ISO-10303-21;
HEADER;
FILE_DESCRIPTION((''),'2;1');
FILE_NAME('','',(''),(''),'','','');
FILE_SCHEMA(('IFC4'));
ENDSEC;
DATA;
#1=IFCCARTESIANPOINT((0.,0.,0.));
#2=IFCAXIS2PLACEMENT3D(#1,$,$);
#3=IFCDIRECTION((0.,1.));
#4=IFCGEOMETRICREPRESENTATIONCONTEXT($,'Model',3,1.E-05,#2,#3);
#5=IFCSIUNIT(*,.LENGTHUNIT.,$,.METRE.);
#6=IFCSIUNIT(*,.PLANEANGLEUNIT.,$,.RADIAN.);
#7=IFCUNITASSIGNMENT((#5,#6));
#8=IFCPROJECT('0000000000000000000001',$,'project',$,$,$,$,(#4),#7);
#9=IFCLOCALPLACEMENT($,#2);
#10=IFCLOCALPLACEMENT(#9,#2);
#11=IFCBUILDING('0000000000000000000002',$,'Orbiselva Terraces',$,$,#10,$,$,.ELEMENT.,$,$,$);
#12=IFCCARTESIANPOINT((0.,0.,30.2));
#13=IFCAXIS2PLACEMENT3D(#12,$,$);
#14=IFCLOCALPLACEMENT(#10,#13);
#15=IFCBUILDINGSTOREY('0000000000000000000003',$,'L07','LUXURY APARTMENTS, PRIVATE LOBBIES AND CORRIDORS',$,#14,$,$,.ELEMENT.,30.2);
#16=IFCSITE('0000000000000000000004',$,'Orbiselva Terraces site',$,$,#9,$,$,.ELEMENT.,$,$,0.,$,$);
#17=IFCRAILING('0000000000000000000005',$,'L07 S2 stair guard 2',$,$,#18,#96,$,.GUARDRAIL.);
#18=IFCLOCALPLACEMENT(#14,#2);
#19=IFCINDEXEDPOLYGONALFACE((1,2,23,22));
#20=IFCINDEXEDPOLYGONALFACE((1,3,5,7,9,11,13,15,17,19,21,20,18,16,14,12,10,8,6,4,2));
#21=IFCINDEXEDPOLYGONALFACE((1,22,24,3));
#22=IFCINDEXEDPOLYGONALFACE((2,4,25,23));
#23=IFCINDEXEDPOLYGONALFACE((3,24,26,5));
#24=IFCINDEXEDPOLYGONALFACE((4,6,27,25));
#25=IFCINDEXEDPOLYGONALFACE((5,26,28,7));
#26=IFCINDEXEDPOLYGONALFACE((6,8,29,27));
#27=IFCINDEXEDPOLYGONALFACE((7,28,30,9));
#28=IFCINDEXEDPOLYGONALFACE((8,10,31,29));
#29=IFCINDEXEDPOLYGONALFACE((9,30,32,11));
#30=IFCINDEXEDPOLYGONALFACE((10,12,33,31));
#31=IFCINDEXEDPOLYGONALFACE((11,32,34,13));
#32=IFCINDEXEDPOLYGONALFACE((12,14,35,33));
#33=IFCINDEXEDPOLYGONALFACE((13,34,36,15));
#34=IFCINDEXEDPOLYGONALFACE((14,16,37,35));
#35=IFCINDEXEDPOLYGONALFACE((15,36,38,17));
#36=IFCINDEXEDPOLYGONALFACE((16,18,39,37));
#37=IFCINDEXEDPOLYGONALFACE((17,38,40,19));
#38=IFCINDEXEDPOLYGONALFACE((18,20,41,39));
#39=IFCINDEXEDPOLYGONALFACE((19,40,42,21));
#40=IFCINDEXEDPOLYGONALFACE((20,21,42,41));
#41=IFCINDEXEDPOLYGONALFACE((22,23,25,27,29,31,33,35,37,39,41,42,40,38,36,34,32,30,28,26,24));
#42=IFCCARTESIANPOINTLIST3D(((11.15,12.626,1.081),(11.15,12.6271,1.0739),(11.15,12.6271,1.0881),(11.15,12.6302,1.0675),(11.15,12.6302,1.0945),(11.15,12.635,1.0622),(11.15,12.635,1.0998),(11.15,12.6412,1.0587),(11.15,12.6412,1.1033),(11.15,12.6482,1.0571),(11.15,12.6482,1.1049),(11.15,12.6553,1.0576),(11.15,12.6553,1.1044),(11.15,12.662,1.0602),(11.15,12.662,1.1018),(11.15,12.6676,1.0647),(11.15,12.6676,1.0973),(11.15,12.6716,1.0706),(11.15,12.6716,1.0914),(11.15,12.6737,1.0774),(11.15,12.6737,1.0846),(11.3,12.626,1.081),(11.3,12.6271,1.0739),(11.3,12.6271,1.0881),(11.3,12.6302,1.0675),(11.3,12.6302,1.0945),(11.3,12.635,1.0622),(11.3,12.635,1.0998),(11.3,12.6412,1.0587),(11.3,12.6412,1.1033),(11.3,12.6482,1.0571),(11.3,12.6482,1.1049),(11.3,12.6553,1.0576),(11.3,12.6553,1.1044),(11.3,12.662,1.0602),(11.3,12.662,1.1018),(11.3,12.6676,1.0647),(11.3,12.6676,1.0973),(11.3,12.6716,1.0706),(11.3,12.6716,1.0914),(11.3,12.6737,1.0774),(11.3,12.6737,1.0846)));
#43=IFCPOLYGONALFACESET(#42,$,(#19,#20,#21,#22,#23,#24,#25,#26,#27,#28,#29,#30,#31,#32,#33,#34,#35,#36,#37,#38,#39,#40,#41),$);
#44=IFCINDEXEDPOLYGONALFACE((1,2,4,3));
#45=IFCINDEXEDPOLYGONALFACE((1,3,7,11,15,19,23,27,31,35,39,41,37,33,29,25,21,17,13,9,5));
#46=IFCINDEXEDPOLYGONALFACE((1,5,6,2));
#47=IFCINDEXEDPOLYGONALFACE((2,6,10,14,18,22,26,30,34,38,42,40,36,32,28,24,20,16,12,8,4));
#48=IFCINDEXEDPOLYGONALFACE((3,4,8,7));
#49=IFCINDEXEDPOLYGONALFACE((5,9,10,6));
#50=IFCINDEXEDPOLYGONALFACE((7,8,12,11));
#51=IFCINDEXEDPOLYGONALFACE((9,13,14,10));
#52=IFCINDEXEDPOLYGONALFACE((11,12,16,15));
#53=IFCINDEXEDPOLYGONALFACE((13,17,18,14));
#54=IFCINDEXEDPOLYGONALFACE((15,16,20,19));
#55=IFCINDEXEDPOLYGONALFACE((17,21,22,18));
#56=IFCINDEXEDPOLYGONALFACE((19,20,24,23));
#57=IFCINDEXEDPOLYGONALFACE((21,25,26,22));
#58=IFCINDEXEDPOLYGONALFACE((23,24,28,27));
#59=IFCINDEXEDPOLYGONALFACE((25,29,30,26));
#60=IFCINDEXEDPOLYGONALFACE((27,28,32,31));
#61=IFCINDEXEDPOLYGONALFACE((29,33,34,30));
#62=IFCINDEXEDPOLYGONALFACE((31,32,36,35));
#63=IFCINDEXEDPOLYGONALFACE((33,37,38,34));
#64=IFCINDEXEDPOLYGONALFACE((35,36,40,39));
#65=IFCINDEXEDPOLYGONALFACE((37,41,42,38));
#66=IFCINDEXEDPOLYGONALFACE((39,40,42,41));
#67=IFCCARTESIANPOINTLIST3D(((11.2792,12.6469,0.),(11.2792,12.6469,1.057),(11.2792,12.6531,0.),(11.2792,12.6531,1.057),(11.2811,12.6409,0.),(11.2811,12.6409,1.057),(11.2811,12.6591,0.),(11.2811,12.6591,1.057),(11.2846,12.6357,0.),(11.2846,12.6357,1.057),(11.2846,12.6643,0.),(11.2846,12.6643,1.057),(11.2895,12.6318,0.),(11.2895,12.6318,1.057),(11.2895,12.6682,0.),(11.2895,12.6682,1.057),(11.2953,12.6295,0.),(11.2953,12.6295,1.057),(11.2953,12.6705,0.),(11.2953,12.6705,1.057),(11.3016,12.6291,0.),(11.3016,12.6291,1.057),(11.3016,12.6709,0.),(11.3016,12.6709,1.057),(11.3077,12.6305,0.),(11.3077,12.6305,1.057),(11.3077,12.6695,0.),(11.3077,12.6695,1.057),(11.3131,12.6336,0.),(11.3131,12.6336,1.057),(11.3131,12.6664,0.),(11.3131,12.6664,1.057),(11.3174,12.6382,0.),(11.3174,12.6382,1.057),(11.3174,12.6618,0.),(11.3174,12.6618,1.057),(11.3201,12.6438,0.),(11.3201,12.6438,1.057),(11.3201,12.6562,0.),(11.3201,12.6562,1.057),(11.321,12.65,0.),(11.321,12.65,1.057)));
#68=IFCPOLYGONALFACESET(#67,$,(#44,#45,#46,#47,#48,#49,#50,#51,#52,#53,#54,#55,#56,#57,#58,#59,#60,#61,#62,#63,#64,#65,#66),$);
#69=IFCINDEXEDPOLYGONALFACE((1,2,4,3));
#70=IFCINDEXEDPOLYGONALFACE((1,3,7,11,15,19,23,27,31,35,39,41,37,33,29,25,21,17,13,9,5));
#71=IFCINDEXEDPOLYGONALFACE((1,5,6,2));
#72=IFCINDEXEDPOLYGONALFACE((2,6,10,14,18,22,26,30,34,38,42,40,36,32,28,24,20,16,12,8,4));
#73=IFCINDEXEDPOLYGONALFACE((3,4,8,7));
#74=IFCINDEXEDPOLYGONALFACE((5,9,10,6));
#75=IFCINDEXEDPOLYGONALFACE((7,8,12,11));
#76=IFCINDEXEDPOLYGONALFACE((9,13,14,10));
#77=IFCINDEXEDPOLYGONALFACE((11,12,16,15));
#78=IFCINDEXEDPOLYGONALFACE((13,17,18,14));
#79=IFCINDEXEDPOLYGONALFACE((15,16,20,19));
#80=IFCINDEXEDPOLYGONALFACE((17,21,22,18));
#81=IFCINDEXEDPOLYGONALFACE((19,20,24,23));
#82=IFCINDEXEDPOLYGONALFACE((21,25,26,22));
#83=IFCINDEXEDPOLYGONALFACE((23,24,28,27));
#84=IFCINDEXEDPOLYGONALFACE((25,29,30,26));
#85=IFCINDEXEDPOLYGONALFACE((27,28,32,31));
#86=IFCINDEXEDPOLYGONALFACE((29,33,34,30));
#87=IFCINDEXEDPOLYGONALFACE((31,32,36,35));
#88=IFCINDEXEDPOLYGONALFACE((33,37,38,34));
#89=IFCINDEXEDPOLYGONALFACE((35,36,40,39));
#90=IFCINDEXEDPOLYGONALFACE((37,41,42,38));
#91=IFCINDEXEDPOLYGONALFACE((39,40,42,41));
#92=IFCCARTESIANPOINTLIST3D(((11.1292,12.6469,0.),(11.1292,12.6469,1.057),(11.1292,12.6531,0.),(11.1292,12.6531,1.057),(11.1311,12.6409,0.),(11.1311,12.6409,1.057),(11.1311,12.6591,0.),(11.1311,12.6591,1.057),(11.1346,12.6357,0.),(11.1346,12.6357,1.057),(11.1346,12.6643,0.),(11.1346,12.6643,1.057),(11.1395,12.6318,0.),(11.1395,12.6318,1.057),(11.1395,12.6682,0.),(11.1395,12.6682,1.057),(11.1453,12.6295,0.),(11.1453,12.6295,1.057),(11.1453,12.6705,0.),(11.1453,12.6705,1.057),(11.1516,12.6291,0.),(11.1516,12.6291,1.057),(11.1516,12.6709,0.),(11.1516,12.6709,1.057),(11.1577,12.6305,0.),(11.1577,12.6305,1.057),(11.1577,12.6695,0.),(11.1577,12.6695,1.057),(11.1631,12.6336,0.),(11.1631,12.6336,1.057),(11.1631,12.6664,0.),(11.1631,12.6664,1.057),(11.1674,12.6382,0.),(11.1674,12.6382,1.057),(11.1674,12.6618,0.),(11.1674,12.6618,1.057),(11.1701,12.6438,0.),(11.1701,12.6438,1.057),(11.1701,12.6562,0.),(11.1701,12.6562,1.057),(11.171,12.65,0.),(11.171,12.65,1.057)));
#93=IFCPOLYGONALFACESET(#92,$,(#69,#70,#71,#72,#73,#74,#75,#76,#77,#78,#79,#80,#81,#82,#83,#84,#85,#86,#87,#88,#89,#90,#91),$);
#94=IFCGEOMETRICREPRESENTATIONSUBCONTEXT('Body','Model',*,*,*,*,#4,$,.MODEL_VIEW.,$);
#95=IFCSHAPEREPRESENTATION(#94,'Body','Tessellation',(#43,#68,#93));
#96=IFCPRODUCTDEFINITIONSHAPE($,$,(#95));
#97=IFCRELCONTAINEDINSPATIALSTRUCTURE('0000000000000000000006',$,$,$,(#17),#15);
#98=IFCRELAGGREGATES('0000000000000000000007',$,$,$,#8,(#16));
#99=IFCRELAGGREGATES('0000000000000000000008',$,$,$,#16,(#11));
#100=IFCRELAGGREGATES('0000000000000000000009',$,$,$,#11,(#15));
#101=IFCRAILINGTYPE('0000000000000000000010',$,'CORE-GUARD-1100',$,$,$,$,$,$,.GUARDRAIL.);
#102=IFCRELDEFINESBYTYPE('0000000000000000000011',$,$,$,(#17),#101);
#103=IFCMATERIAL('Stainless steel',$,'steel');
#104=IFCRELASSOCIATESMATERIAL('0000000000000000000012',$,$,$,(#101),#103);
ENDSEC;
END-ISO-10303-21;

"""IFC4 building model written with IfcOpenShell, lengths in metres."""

from ifc_helpers import new_model, si_unit, direction, frame, origin, origin_2d, place, context, subcontext, project, spatial, circle, extrude, material, type_object, element, save


model = new_model("IFC4")

# Units and contexts
model_context = context("Model", 3, precision=1e-05, world=origin(), true_north=direction((0.0, 1.0)))
body_context = subcontext(model_context, "Body", "Model", "MODEL_VIEW")
ifc_project = project(units=[si_unit("LENGTHUNIT", "METRE"), si_unit("PLANEANGLEUNIT", "RADIAN")], contexts=[model_context])

# Site, building, storey
site_placement = place(None, origin())
site = spatial("IfcSite", under=ifc_project, at=site_placement, Name="Orbiselva Terraces site", CompositionType="ELEMENT", RefElevation=0.0)
building_placement = place(site_placement, origin())
building = spatial("IfcBuilding", under=site, at=building_placement, Name="Orbiselva Terraces", CompositionType="ELEMENT")
storey_placement = place(building_placement, frame((0.0, 0.0, 30.2)))
storey = spatial("IfcBuildingStorey", under=building, at=storey_placement, Name="L07", Description="LUXURY APARTMENTS, PRIVATE LOBBIES AND CORRIDORS", CompositionType="ELEMENT", Elevation=30.2)

# Railing
ifc_material_1 = material(Name="Stainless steel", Category="steel")
railing_type = type_object("IfcRailingType", Name="CORE-GUARD-1100", PredefinedType="GUARDRAIL", material=ifc_material_1)
railing_1_placement = place(storey_placement, frame((11.3, 12.65, 0.0)))
element("IfcRailing", 1, at=railing_1_placement, inside=storey, type_object=railing_type, Name="L07 S2 stair guard 2", PredefinedType="GUARDRAIL", context=body_context, shape_type="SweptSolid", body=[
    extrude(circle(Radius=0.024, at=origin_2d()), frame((0.0, 0.0, 1.081), z_axis=(-1.0, 0.0, 0.0), x_axis=(0.0, -1.0, 0.0)), (0.0, 0.0, 1.0), 0.15),
    extrude(circle(Radius=0.021, at=origin_2d()), origin(), (0.0, 0.0, 1.0), 1.057),
    extrude(circle(Radius=0.021, at=origin_2d()), frame((-0.15, 0.0, 0.0)), (0.0, 0.0, 1.0), 1.057),
])

save(model, "model.ifc")
